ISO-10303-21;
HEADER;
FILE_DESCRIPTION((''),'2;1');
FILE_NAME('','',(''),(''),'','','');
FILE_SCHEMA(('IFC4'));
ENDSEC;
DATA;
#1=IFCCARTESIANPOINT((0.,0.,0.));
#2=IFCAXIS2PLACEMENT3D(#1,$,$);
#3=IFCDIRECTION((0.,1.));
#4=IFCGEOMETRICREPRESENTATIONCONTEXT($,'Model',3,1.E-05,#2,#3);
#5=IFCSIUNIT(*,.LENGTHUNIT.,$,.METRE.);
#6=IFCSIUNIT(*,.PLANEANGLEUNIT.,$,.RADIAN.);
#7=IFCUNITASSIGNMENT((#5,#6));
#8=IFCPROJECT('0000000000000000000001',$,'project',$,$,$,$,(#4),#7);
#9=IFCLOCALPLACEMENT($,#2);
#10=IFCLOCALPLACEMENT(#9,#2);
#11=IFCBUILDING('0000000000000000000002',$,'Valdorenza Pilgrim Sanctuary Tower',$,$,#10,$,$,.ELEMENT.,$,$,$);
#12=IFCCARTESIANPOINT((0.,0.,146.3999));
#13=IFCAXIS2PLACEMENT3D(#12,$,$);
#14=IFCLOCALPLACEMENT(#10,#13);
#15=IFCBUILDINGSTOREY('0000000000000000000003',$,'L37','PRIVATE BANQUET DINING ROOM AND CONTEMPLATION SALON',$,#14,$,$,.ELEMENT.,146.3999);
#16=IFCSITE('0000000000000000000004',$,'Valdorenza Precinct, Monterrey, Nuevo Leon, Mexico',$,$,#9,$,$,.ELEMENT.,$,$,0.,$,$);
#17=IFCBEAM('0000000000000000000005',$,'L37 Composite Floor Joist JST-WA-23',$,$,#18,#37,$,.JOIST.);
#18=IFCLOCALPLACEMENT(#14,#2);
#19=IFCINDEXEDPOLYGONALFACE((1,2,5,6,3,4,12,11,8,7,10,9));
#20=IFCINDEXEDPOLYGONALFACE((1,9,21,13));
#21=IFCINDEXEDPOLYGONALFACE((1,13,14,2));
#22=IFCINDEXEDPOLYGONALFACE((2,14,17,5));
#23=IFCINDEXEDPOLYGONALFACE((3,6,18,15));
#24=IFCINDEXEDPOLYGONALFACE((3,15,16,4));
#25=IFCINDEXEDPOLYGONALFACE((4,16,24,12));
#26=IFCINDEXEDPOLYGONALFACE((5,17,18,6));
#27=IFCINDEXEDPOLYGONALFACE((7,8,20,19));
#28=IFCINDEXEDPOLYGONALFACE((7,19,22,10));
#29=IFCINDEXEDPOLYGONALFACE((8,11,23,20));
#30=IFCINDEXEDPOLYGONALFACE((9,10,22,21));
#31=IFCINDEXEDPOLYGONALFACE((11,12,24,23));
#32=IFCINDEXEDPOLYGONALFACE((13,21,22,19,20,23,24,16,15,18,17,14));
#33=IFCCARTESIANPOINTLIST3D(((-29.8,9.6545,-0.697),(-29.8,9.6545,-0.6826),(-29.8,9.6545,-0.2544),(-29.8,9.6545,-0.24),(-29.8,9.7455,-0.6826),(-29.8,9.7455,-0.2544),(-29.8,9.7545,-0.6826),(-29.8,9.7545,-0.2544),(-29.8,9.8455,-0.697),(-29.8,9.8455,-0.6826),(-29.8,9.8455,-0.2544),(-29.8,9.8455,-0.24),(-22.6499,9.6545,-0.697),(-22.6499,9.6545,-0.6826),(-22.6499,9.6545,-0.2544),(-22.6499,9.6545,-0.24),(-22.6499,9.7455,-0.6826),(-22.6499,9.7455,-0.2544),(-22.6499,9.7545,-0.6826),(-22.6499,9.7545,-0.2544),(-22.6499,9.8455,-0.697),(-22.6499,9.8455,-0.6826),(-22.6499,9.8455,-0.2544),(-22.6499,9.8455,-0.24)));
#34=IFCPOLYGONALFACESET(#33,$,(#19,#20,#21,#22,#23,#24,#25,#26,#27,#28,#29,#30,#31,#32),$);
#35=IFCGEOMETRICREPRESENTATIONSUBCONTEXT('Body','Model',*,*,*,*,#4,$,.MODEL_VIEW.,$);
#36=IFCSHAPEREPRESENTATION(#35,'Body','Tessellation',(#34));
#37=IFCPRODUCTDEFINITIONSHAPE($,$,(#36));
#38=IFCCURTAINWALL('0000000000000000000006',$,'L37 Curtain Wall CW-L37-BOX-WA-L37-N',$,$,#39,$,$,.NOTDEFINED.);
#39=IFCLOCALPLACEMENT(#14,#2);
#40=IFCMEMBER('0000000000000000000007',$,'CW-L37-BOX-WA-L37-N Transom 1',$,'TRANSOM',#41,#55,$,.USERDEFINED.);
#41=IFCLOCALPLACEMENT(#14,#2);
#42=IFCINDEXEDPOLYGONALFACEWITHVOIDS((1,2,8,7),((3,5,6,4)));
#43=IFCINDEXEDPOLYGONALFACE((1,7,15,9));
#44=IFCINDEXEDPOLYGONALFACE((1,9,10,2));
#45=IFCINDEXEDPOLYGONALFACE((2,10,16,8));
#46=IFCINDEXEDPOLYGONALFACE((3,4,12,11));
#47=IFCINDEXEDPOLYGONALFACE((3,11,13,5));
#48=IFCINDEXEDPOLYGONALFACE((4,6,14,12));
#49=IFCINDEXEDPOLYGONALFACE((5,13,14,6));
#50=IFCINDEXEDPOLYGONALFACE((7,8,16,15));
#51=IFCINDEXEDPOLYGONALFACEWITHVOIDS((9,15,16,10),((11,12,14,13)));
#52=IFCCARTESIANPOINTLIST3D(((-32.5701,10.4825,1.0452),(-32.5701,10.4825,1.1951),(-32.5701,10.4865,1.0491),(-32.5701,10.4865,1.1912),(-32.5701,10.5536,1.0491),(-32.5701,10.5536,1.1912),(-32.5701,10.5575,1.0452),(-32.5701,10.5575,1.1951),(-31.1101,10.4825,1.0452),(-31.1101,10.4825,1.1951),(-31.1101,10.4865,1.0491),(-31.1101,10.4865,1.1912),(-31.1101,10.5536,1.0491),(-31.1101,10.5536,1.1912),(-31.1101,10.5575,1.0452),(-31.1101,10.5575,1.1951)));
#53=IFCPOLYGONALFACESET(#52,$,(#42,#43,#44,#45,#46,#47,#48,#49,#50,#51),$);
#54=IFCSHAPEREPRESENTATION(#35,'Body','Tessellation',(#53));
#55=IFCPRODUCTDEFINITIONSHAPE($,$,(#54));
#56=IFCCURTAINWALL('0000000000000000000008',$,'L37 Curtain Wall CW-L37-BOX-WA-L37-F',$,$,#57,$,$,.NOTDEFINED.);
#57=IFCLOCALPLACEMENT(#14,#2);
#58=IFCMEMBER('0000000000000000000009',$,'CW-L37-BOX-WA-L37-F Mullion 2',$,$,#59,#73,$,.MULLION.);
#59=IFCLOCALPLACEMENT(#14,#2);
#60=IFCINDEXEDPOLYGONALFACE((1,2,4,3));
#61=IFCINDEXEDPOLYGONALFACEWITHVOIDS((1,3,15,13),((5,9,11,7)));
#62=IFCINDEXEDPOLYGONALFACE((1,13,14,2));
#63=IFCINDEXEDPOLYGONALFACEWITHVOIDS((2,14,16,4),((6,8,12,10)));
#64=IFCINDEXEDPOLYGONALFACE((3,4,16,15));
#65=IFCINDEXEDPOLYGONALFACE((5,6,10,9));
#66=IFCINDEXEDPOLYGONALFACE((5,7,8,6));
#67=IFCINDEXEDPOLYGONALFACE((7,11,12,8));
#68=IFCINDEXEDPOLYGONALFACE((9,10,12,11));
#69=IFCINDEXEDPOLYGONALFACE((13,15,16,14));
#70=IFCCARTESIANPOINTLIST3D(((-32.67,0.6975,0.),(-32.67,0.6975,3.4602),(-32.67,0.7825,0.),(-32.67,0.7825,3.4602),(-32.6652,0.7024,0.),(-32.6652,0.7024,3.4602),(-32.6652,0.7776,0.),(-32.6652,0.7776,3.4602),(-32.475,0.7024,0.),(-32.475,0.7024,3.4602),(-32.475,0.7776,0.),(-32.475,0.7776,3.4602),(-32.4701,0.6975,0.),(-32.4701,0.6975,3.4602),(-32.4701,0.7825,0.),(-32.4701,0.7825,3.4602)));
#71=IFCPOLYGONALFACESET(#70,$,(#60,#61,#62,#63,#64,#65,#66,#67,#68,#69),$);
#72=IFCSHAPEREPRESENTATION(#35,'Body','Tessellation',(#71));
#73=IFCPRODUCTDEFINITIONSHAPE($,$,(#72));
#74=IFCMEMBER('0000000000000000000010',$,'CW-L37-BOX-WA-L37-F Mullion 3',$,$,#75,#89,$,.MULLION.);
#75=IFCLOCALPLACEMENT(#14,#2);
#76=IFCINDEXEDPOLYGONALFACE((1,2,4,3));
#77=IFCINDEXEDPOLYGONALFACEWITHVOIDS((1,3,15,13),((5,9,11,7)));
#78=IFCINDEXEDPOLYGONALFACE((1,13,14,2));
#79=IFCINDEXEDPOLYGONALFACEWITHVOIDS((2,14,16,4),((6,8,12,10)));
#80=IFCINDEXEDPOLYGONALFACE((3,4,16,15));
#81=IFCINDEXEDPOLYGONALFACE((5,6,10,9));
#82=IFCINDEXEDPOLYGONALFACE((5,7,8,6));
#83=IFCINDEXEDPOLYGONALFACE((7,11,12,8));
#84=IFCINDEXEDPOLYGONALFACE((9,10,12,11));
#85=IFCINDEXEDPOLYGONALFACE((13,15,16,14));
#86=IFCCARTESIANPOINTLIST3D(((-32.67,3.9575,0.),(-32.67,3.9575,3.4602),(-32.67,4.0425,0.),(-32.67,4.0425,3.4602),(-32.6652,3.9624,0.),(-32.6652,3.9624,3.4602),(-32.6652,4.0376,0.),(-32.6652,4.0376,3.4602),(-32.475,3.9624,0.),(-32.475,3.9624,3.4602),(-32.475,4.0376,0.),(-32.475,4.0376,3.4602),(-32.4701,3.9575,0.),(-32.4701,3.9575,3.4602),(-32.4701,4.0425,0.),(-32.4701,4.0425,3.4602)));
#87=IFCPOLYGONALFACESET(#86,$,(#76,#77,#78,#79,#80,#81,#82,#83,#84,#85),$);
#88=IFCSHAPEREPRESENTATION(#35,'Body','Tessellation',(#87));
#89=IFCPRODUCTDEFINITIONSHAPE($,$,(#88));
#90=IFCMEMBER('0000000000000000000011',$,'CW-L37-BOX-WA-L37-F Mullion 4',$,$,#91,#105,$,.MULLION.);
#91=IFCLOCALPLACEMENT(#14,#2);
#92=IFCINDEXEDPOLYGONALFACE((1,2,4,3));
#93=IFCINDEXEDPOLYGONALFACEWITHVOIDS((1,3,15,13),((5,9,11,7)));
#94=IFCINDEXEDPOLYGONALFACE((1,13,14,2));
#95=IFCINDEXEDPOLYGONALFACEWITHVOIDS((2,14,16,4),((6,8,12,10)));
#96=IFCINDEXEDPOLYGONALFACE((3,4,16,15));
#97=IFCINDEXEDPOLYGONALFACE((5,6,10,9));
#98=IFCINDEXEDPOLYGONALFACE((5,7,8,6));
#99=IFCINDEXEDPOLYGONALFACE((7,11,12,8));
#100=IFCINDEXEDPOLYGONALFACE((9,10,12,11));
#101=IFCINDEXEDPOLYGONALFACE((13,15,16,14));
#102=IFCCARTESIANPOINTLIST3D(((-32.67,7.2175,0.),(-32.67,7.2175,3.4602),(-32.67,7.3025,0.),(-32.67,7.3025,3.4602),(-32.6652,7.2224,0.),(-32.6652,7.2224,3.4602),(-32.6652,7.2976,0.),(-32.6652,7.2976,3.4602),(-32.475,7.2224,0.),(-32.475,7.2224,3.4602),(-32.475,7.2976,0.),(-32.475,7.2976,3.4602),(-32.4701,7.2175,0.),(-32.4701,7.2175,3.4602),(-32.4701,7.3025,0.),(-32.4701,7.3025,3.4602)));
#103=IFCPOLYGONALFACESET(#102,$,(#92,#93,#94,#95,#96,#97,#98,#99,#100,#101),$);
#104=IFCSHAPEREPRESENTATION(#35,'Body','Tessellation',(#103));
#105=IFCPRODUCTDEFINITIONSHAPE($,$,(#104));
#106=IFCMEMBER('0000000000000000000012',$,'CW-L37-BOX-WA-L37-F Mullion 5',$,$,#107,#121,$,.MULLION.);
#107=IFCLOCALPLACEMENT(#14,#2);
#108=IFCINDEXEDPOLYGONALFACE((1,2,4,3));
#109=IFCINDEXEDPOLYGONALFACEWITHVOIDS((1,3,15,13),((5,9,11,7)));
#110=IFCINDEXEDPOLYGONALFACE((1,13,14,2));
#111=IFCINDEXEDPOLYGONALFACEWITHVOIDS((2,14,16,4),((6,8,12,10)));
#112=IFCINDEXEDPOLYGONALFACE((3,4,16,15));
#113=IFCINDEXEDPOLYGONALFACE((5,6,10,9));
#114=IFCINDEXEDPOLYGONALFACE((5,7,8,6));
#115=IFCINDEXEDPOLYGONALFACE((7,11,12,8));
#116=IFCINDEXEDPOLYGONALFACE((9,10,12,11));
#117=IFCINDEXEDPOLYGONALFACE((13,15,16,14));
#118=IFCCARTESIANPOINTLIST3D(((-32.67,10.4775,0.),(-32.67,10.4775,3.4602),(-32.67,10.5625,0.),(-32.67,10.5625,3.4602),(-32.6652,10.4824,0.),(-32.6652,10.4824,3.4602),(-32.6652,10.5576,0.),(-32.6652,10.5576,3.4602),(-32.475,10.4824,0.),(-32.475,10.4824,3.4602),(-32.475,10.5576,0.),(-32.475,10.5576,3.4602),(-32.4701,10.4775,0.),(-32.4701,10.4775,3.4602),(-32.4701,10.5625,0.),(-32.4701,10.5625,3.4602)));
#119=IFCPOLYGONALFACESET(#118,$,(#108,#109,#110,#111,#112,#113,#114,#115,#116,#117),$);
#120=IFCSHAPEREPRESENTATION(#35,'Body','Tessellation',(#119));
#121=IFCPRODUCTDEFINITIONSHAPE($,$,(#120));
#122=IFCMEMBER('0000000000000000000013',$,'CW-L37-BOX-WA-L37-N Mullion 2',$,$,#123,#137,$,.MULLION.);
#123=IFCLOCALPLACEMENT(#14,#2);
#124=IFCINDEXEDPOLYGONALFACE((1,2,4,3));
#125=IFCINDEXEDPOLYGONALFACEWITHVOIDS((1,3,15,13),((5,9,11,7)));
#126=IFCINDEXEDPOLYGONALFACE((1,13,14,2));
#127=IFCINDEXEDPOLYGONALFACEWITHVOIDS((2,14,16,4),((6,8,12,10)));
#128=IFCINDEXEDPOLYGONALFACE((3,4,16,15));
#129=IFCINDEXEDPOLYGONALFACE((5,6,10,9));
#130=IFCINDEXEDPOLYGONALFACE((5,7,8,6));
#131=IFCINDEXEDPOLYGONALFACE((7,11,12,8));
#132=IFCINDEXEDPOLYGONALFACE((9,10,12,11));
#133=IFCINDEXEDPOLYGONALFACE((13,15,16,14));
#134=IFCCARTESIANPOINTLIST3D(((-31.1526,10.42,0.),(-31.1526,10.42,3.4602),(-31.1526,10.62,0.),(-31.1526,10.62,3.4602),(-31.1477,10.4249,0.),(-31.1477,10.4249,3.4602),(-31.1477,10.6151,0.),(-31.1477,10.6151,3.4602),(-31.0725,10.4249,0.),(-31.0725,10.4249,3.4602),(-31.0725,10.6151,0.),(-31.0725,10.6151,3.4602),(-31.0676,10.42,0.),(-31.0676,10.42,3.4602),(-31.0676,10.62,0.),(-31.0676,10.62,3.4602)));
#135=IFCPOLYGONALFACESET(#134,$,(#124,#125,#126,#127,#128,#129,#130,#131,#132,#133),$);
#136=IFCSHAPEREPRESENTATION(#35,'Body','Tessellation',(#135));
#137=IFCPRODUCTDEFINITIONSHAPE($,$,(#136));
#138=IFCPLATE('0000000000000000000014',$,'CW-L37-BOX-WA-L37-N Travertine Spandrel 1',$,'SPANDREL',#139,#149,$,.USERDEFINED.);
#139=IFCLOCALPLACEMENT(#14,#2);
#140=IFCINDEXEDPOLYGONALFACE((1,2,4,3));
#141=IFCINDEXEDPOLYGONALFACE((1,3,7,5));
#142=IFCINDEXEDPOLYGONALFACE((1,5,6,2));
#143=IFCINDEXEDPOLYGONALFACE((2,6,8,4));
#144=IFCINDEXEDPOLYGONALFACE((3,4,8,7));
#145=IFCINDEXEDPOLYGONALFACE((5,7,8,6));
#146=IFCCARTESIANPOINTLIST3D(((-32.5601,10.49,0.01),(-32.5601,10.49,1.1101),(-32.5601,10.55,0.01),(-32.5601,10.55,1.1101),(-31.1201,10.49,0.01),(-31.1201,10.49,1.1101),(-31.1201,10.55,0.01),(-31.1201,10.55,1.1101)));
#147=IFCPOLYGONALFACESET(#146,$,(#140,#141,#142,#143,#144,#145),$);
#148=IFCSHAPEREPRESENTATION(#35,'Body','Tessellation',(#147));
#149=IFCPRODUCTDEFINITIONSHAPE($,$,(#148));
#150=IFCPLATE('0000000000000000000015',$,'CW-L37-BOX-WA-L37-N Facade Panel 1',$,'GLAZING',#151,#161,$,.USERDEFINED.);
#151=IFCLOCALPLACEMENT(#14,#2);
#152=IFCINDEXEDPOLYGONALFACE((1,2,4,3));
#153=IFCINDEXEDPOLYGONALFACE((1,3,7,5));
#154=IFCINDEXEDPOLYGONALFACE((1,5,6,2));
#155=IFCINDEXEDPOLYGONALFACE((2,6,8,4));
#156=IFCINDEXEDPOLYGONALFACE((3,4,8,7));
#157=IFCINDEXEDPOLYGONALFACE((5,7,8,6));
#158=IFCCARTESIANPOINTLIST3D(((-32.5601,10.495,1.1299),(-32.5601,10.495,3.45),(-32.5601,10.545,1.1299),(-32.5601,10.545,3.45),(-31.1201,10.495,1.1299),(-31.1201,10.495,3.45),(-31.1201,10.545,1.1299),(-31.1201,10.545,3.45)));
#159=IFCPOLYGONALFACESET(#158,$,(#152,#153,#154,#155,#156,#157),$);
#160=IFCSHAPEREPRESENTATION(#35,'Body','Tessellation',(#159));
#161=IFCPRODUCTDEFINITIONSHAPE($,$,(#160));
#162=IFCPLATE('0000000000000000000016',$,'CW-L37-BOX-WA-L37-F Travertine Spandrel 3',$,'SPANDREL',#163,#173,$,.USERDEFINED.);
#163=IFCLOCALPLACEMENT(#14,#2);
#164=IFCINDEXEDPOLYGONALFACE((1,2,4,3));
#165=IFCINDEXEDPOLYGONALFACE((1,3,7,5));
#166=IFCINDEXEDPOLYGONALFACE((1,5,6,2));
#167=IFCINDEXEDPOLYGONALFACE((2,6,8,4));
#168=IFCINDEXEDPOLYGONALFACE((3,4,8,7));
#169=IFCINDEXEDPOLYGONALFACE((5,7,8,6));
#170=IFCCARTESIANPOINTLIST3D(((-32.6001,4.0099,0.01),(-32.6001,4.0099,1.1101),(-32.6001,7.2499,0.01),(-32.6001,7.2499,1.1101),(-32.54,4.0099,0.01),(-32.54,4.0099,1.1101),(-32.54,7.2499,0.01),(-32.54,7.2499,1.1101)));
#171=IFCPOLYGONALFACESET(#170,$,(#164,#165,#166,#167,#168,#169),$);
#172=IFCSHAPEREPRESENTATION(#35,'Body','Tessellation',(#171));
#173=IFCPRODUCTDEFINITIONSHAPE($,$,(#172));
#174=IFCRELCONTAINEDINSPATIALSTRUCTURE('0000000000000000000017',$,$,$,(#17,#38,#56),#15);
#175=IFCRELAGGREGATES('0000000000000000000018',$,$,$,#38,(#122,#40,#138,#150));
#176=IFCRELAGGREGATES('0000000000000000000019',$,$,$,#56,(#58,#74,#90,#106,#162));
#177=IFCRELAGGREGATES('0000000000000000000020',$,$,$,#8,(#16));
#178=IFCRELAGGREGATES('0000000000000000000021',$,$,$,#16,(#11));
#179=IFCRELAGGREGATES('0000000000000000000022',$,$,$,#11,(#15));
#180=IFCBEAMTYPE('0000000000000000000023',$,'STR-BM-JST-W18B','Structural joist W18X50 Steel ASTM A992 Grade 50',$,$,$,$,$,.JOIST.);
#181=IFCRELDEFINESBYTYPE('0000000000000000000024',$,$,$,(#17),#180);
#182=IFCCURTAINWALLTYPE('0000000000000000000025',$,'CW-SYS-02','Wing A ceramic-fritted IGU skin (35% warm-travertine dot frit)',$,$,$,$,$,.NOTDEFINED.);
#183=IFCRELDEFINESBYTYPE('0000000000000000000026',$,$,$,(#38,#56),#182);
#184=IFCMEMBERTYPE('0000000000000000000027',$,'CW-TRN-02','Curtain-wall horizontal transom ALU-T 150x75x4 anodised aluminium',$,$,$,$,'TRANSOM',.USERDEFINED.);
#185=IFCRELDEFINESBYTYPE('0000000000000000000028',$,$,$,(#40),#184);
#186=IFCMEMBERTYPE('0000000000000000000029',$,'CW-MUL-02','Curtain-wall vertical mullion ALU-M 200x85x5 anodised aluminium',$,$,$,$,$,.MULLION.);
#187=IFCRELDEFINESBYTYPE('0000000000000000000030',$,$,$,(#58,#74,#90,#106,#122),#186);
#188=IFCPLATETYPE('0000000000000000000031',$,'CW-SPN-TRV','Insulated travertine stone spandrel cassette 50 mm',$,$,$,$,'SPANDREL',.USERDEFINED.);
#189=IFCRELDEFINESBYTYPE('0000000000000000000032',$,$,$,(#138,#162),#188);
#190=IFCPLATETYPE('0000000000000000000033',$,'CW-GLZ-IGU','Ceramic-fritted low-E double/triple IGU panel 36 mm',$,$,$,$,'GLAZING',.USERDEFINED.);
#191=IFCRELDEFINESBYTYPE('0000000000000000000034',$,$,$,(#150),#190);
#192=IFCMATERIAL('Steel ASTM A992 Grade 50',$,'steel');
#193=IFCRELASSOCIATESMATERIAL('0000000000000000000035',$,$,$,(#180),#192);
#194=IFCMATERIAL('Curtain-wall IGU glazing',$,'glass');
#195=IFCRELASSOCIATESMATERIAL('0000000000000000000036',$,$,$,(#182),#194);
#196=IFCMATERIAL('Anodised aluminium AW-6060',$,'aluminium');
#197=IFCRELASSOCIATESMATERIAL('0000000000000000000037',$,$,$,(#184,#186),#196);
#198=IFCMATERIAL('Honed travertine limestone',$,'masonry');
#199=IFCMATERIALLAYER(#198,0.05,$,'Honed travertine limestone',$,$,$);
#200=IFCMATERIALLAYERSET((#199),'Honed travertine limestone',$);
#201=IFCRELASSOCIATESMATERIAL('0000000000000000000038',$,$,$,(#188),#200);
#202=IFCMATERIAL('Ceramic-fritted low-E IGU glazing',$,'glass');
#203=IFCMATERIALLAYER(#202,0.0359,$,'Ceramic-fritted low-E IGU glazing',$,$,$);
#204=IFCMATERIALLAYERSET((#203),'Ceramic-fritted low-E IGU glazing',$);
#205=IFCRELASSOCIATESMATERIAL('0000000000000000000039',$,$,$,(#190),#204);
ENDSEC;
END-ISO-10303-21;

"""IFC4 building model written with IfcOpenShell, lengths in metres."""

from ifc_helpers import new_model, si_unit, direction, frame, origin, origin_2d, place, context, subcontext, project, spatial, rectangle, hollow_rectangle, i_section, extrude, source, transform, mapped, material, layer, layer_set, material_profile, profile_set, type_object, element, aggregate, save


model = new_model("IFC4")

# Units and contexts
model_context = context("Model", 3, precision=1e-05, world=origin(), true_north=direction((0.0, 1.0)))
body_context = subcontext(model_context, "Body", "Model", "MODEL_VIEW")
ifc_project = project(units=[si_unit("LENGTHUNIT", "METRE"), si_unit("PLANEANGLEUNIT", "RADIAN")], contexts=[model_context])

# Site, building, storey
site_placement = place(None, origin())
site = spatial("IfcSite", under=ifc_project, at=site_placement, Name="Valdorenza Precinct, Monterrey, Nuevo Leon, Mexico", CompositionType="ELEMENT", RefElevation=0.0)
building_placement = place(site_placement, origin())
building = spatial("IfcBuilding", under=site, at=building_placement, Name="Valdorenza Pilgrim Sanctuary Tower", CompositionType="ELEMENT")
storey_placement = place(building_placement, frame((0.0, 0.0, 146.3999)))
storey = spatial("IfcBuildingStorey", under=building, at=storey_placement, Name="L37", Description="PRIVATE BANQUET DINING ROOM AND CONTEMPLATION SALON", CompositionType="ELEMENT", Elevation=146.3999)

# Beam
ifc_material_1 = material(Name="Steel ASTM A992 Grade 50", Category="steel")
ifc_material_profile_1 = material_profile(ifc_material_1, i_section(OverallWidth=0.1909, OverallDepth=0.457, WebThickness=0.009, FlangeThickness=0.0144, at=origin_2d()), Name="W18X50")
ifc_profile_set_1 = profile_set([ifc_material_profile_1], Name="Steel ASTM A992 Grade 50")
beam_type = type_object("IfcBeamType", Name="STR-BM-JST-W18B", Description="Structural joist W18X50 Steel ASTM A992 Grade 50", PredefinedType="JOIST", material=ifc_profile_set_1)
shared_shape_1 = source(origin(), body_context, "Body", "SweptSolid", [
    extrude(i_section(OverallWidth=0.1909, OverallDepth=0.457, WebThickness=0.009, FlangeThickness=0.0144, at=origin_2d()), origin(), (0.0, 0.0, 1.0), 7.1501),
])
for number, where, z_axis, x_axis, name in (
    (1, (-29.8, 9.75, -0.4685), (1.0, 0.0, 0.0), (0.0, 1.0, 0.0), "L37 Composite Floor Joist JST-WA-23"),
):
    element("IfcBeam", number, at=place(storey_placement, frame(where, z_axis=z_axis, x_axis=x_axis)), inside=storey, type_object=beam_type, Name=name, PredefinedType="JOIST", context=body_context, shape_type="MappedRepresentation", body=[
        mapped(shared_shape_1, transform((0.0, 0.0, 0.0), x_axis=(1.0, 0.0, 0.0), y_axis=(0.0, 1.0, 0.0), z_axis=(0.0, 0.0, 1.0), scale=1.0)),
    ])

# Curtain wall, member
ifc_material_2 = material(Name="Curtain-wall IGU glazing", Category="glass")
curtain_wall_type = type_object("IfcCurtainWallType", Name="CW-SYS-02", Description="Wing A ceramic-fritted IGU skin (35% warm-travertine dot frit)", PredefinedType="NOTDEFINED", material=ifc_material_2)
curtain_wall_1_placement = place(storey_placement, origin())
curtain_wall_1 = element("IfcCurtainWall", 2, at=curtain_wall_1_placement, inside=storey, type_object=curtain_wall_type, Name="L37 Curtain Wall CW-L37-BOX-WA-L37-N", PredefinedType="NOTDEFINED")
ifc_material_3 = material(Name="Anodised aluminium AW-6060", Category="aluminium")
ifc_material_profile_2 = material_profile(ifc_material_3, hollow_rectangle(XDim=0.075, YDim=0.1499, WallThickness=0.0039, at=origin_2d()), Name="ALU-T 150x75x4")
ifc_profile_set_2 = profile_set([ifc_material_profile_2], Name="Anodised aluminium AW-6060")
member_type_1 = type_object("IfcMemberType", Name="CW-TRN-02", Description="Curtain-wall horizontal transom ALU-T 150x75x4 anodised aluminium", ElementType="TRANSOM", PredefinedType="USERDEFINED", material=ifc_profile_set_2)
shared_shape_2 = source(origin(), body_context, "Body", "SweptSolid", [
    extrude(hollow_rectangle(XDim=0.075, YDim=0.1499, WallThickness=0.0039, at=origin_2d()), origin(), (0.0, 0.0, 1.0), 1.46),
])
member_1_placement = place(storey_placement, frame((-32.5701, 10.52, 1.1201), z_axis=(1.0, 0.0, 0.0), x_axis=(0.0, 1.0, 0.0)))
member_1 = element("IfcMember", 3, at=member_1_placement, type_object=member_type_1, Name="CW-L37-BOX-WA-L37-N Transom 1", ObjectType="TRANSOM", PredefinedType="USERDEFINED", context=body_context, shape_type="MappedRepresentation", body=[
    mapped(shared_shape_2, transform((0.0, 0.0, 0.0), x_axis=(1.0, 0.0, 0.0), y_axis=(0.0, 1.0, 0.0), z_axis=(0.0, 0.0, 1.0), scale=1.0)),
])

# Curtain wall, members
curtain_wall_2_placement = place(storey_placement, origin())
curtain_wall_2 = element("IfcCurtainWall", 4, at=curtain_wall_2_placement, inside=storey, type_object=curtain_wall_type, Name="L37 Curtain Wall CW-L37-BOX-WA-L37-F", PredefinedType="NOTDEFINED")
ifc_material_profile_3 = material_profile(ifc_material_3, hollow_rectangle(XDim=0.085, YDim=0.2, WallThickness=0.0049, at=origin_2d()), Name="ALU-M 200x85x5")
ifc_profile_set_3 = profile_set([ifc_material_profile_3], Name="Anodised aluminium AW-6060")
member_type_2 = type_object("IfcMemberType", Name="CW-MUL-02", Description="Curtain-wall vertical mullion ALU-M 200x85x5 anodised aluminium", PredefinedType="MULLION", material=ifc_profile_set_3)
shared_shape_3 = source(origin(), body_context, "Body", "SweptSolid", [
    extrude(hollow_rectangle(XDim=0.085, YDim=0.2, WallThickness=0.0049, at=origin_2d()), origin(), (0.0, 0.0, 1.0), 3.4602),
])
member_2_placement = place(storey_placement, frame((-32.5701, 0.74, 0.0), z_axis=(0.0, 0.0, 1.0), x_axis=(0.0, 1.0, 0.0)))
member_2 = element("IfcMember", 5, at=member_2_placement, type_object=member_type_2, Name="CW-L37-BOX-WA-L37-F Mullion 2", PredefinedType="MULLION", context=body_context, shape_type="MappedRepresentation", body=[
    mapped(shared_shape_3, transform((0.0, 0.0, 0.0), x_axis=(1.0, 0.0, 0.0), y_axis=(0.0, 1.0, 0.0), z_axis=(0.0, 0.0, 1.0), scale=1.0)),
])
member_3_placement = place(storey_placement, frame((-32.5701, 4.0, 0.0), z_axis=(0.0, 0.0, 1.0), x_axis=(0.0, 1.0, 0.0)))
member_3 = element("IfcMember", 6, at=member_3_placement, type_object=member_type_2, Name="CW-L37-BOX-WA-L37-F Mullion 3", PredefinedType="MULLION", context=body_context, shape_type="MappedRepresentation", body=[
    mapped(shared_shape_3, transform((0.0, 0.0, 0.0), x_axis=(1.0, 0.0, 0.0), y_axis=(0.0, 1.0, 0.0), z_axis=(0.0, 0.0, 1.0), scale=1.0)),
])
member_4_placement = place(storey_placement, frame((-32.5701, 7.26, 0.0), z_axis=(0.0, 0.0, 1.0), x_axis=(0.0, 1.0, 0.0)))
member_4 = element("IfcMember", 7, at=member_4_placement, type_object=member_type_2, Name="CW-L37-BOX-WA-L37-F Mullion 4", PredefinedType="MULLION", context=body_context, shape_type="MappedRepresentation", body=[
    mapped(shared_shape_3, transform((0.0, 0.0, 0.0), x_axis=(1.0, 0.0, 0.0), y_axis=(0.0, 1.0, 0.0), z_axis=(0.0, 0.0, 1.0), scale=1.0)),
])
member_5_placement = place(storey_placement, frame((-32.5701, 10.52, 0.0), z_axis=(0.0, 0.0, 1.0), x_axis=(0.0, 1.0, 0.0)))
member_5 = element("IfcMember", 8, at=member_5_placement, type_object=member_type_2, Name="CW-L37-BOX-WA-L37-F Mullion 5", PredefinedType="MULLION", context=body_context, shape_type="MappedRepresentation", body=[
    mapped(shared_shape_3, transform((0.0, 0.0, 0.0), x_axis=(1.0, 0.0, 0.0), y_axis=(0.0, 1.0, 0.0), z_axis=(0.0, 0.0, 1.0), scale=1.0)),
])

# Member
member_6_placement = place(storey_placement, frame((-31.1101, 10.52, 0.0), z_axis=(0.0, 0.0, 1.0), x_axis=(1.0, 0.0, 0.0)))
member_6 = element("IfcMember", 9, at=member_6_placement, type_object=member_type_2, Name="CW-L37-BOX-WA-L37-N Mullion 2", PredefinedType="MULLION", context=body_context, shape_type="MappedRepresentation", body=[
    mapped(shared_shape_3, transform((0.0, 0.0, 0.0), x_axis=(1.0, 0.0, 0.0), y_axis=(0.0, 1.0, 0.0), z_axis=(0.0, 0.0, 1.0), scale=1.0)),
])

# Plates
ifc_material_4 = material(Name="Honed travertine limestone", Category="masonry")
ifc_layer_1 = layer(ifc_material_4, 0.05, Name="Honed travertine limestone")
ifc_layer_set_1 = layer_set([ifc_layer_1], Name="Honed travertine limestone")
plate_type_1 = type_object("IfcPlateType", Name="CW-SPN-TRV", Description="Insulated travertine stone spandrel cassette 50 mm", ElementType="SPANDREL", PredefinedType="USERDEFINED", material=ifc_layer_set_1)
shared_shape_4 = source(origin(), body_context, "Body", "SweptSolid", [
    extrude(rectangle(XDim=1.4399, YDim=0.0601, at=origin_2d()), origin(), (0.0, 0.0, 1.0), 1.1001),
])
plate_1_placement = place(storey_placement, frame((-31.8401, 10.52, 0.01), z_axis=(0.0, 0.0, 1.0), x_axis=(1.0, 0.0, 0.0)))
plate_1 = element("IfcPlate", 10, at=plate_1_placement, type_object=plate_type_1, Name="CW-L37-BOX-WA-L37-N Travertine Spandrel 1", ObjectType="SPANDREL", PredefinedType="USERDEFINED", context=body_context, shape_type="MappedRepresentation", body=[
    mapped(shared_shape_4, transform((0.0, 0.0, 0.0), x_axis=(1.0, 0.0, 0.0), y_axis=(0.0, 1.0, 0.0), z_axis=(0.0, 0.0, 1.0), scale=1.0)),
])
ifc_material_5 = material(Name="Ceramic-fritted low-E IGU glazing", Category="glass")
ifc_layer_2 = layer(ifc_material_5, 0.0359, Name="Ceramic-fritted low-E IGU glazing")
ifc_layer_set_2 = layer_set([ifc_layer_2], Name="Ceramic-fritted low-E IGU glazing")
plate_type_2 = type_object("IfcPlateType", Name="CW-GLZ-IGU", Description="Ceramic-fritted low-E double/triple IGU panel 36 mm", ElementType="GLAZING", PredefinedType="USERDEFINED", material=ifc_layer_set_2)
shared_shape_5 = source(origin(), body_context, "Body", "SweptSolid", [
    extrude(rectangle(XDim=1.4399, YDim=0.05, at=origin_2d()), origin(), (0.0, 0.0, 1.0), 2.3201),
])
plate_2_placement = place(storey_placement, frame((-31.8401, 10.52, 1.1299), z_axis=(0.0, 0.0, 1.0), x_axis=(1.0, 0.0, 0.0)))
plate_2 = element("IfcPlate", 11, at=plate_2_placement, type_object=plate_type_2, Name="CW-L37-BOX-WA-L37-N Facade Panel 1", ObjectType="GLAZING", PredefinedType="USERDEFINED", context=body_context, shape_type="MappedRepresentation", body=[
    mapped(shared_shape_5, transform((0.0, 0.0, 0.0), x_axis=(1.0, 0.0, 0.0), y_axis=(0.0, 1.0, 0.0), z_axis=(0.0, 0.0, 1.0), scale=1.0)),
])
aggregate(curtain_wall_1, [member_6, member_1, plate_1, plate_2])
shared_shape_6 = source(origin(), body_context, "Body", "SweptSolid", [
    extrude(rectangle(XDim=3.24, YDim=0.0601, at=origin_2d()), origin(), (0.0, 0.0, 1.0), 1.1001),
])
plate_3_placement = place(storey_placement, frame((-32.5701, 5.6299, 0.01), z_axis=(0.0, 0.0, 1.0), x_axis=(0.0, 1.0, 0.0)))
plate_3 = element("IfcPlate", 12, at=plate_3_placement, type_object=plate_type_1, Name="CW-L37-BOX-WA-L37-F Travertine Spandrel 3", ObjectType="SPANDREL", PredefinedType="USERDEFINED", context=body_context, shape_type="MappedRepresentation", body=[
    mapped(shared_shape_6, transform((0.0, 0.0, 0.0), x_axis=(1.0, 0.0, 0.0), y_axis=(0.0, 1.0, 0.0), z_axis=(0.0, 0.0, 1.0), scale=1.0)),
])
aggregate(curtain_wall_2, [member_2, member_3, member_4, member_5, plate_3])

save(model, "model.ifc")
